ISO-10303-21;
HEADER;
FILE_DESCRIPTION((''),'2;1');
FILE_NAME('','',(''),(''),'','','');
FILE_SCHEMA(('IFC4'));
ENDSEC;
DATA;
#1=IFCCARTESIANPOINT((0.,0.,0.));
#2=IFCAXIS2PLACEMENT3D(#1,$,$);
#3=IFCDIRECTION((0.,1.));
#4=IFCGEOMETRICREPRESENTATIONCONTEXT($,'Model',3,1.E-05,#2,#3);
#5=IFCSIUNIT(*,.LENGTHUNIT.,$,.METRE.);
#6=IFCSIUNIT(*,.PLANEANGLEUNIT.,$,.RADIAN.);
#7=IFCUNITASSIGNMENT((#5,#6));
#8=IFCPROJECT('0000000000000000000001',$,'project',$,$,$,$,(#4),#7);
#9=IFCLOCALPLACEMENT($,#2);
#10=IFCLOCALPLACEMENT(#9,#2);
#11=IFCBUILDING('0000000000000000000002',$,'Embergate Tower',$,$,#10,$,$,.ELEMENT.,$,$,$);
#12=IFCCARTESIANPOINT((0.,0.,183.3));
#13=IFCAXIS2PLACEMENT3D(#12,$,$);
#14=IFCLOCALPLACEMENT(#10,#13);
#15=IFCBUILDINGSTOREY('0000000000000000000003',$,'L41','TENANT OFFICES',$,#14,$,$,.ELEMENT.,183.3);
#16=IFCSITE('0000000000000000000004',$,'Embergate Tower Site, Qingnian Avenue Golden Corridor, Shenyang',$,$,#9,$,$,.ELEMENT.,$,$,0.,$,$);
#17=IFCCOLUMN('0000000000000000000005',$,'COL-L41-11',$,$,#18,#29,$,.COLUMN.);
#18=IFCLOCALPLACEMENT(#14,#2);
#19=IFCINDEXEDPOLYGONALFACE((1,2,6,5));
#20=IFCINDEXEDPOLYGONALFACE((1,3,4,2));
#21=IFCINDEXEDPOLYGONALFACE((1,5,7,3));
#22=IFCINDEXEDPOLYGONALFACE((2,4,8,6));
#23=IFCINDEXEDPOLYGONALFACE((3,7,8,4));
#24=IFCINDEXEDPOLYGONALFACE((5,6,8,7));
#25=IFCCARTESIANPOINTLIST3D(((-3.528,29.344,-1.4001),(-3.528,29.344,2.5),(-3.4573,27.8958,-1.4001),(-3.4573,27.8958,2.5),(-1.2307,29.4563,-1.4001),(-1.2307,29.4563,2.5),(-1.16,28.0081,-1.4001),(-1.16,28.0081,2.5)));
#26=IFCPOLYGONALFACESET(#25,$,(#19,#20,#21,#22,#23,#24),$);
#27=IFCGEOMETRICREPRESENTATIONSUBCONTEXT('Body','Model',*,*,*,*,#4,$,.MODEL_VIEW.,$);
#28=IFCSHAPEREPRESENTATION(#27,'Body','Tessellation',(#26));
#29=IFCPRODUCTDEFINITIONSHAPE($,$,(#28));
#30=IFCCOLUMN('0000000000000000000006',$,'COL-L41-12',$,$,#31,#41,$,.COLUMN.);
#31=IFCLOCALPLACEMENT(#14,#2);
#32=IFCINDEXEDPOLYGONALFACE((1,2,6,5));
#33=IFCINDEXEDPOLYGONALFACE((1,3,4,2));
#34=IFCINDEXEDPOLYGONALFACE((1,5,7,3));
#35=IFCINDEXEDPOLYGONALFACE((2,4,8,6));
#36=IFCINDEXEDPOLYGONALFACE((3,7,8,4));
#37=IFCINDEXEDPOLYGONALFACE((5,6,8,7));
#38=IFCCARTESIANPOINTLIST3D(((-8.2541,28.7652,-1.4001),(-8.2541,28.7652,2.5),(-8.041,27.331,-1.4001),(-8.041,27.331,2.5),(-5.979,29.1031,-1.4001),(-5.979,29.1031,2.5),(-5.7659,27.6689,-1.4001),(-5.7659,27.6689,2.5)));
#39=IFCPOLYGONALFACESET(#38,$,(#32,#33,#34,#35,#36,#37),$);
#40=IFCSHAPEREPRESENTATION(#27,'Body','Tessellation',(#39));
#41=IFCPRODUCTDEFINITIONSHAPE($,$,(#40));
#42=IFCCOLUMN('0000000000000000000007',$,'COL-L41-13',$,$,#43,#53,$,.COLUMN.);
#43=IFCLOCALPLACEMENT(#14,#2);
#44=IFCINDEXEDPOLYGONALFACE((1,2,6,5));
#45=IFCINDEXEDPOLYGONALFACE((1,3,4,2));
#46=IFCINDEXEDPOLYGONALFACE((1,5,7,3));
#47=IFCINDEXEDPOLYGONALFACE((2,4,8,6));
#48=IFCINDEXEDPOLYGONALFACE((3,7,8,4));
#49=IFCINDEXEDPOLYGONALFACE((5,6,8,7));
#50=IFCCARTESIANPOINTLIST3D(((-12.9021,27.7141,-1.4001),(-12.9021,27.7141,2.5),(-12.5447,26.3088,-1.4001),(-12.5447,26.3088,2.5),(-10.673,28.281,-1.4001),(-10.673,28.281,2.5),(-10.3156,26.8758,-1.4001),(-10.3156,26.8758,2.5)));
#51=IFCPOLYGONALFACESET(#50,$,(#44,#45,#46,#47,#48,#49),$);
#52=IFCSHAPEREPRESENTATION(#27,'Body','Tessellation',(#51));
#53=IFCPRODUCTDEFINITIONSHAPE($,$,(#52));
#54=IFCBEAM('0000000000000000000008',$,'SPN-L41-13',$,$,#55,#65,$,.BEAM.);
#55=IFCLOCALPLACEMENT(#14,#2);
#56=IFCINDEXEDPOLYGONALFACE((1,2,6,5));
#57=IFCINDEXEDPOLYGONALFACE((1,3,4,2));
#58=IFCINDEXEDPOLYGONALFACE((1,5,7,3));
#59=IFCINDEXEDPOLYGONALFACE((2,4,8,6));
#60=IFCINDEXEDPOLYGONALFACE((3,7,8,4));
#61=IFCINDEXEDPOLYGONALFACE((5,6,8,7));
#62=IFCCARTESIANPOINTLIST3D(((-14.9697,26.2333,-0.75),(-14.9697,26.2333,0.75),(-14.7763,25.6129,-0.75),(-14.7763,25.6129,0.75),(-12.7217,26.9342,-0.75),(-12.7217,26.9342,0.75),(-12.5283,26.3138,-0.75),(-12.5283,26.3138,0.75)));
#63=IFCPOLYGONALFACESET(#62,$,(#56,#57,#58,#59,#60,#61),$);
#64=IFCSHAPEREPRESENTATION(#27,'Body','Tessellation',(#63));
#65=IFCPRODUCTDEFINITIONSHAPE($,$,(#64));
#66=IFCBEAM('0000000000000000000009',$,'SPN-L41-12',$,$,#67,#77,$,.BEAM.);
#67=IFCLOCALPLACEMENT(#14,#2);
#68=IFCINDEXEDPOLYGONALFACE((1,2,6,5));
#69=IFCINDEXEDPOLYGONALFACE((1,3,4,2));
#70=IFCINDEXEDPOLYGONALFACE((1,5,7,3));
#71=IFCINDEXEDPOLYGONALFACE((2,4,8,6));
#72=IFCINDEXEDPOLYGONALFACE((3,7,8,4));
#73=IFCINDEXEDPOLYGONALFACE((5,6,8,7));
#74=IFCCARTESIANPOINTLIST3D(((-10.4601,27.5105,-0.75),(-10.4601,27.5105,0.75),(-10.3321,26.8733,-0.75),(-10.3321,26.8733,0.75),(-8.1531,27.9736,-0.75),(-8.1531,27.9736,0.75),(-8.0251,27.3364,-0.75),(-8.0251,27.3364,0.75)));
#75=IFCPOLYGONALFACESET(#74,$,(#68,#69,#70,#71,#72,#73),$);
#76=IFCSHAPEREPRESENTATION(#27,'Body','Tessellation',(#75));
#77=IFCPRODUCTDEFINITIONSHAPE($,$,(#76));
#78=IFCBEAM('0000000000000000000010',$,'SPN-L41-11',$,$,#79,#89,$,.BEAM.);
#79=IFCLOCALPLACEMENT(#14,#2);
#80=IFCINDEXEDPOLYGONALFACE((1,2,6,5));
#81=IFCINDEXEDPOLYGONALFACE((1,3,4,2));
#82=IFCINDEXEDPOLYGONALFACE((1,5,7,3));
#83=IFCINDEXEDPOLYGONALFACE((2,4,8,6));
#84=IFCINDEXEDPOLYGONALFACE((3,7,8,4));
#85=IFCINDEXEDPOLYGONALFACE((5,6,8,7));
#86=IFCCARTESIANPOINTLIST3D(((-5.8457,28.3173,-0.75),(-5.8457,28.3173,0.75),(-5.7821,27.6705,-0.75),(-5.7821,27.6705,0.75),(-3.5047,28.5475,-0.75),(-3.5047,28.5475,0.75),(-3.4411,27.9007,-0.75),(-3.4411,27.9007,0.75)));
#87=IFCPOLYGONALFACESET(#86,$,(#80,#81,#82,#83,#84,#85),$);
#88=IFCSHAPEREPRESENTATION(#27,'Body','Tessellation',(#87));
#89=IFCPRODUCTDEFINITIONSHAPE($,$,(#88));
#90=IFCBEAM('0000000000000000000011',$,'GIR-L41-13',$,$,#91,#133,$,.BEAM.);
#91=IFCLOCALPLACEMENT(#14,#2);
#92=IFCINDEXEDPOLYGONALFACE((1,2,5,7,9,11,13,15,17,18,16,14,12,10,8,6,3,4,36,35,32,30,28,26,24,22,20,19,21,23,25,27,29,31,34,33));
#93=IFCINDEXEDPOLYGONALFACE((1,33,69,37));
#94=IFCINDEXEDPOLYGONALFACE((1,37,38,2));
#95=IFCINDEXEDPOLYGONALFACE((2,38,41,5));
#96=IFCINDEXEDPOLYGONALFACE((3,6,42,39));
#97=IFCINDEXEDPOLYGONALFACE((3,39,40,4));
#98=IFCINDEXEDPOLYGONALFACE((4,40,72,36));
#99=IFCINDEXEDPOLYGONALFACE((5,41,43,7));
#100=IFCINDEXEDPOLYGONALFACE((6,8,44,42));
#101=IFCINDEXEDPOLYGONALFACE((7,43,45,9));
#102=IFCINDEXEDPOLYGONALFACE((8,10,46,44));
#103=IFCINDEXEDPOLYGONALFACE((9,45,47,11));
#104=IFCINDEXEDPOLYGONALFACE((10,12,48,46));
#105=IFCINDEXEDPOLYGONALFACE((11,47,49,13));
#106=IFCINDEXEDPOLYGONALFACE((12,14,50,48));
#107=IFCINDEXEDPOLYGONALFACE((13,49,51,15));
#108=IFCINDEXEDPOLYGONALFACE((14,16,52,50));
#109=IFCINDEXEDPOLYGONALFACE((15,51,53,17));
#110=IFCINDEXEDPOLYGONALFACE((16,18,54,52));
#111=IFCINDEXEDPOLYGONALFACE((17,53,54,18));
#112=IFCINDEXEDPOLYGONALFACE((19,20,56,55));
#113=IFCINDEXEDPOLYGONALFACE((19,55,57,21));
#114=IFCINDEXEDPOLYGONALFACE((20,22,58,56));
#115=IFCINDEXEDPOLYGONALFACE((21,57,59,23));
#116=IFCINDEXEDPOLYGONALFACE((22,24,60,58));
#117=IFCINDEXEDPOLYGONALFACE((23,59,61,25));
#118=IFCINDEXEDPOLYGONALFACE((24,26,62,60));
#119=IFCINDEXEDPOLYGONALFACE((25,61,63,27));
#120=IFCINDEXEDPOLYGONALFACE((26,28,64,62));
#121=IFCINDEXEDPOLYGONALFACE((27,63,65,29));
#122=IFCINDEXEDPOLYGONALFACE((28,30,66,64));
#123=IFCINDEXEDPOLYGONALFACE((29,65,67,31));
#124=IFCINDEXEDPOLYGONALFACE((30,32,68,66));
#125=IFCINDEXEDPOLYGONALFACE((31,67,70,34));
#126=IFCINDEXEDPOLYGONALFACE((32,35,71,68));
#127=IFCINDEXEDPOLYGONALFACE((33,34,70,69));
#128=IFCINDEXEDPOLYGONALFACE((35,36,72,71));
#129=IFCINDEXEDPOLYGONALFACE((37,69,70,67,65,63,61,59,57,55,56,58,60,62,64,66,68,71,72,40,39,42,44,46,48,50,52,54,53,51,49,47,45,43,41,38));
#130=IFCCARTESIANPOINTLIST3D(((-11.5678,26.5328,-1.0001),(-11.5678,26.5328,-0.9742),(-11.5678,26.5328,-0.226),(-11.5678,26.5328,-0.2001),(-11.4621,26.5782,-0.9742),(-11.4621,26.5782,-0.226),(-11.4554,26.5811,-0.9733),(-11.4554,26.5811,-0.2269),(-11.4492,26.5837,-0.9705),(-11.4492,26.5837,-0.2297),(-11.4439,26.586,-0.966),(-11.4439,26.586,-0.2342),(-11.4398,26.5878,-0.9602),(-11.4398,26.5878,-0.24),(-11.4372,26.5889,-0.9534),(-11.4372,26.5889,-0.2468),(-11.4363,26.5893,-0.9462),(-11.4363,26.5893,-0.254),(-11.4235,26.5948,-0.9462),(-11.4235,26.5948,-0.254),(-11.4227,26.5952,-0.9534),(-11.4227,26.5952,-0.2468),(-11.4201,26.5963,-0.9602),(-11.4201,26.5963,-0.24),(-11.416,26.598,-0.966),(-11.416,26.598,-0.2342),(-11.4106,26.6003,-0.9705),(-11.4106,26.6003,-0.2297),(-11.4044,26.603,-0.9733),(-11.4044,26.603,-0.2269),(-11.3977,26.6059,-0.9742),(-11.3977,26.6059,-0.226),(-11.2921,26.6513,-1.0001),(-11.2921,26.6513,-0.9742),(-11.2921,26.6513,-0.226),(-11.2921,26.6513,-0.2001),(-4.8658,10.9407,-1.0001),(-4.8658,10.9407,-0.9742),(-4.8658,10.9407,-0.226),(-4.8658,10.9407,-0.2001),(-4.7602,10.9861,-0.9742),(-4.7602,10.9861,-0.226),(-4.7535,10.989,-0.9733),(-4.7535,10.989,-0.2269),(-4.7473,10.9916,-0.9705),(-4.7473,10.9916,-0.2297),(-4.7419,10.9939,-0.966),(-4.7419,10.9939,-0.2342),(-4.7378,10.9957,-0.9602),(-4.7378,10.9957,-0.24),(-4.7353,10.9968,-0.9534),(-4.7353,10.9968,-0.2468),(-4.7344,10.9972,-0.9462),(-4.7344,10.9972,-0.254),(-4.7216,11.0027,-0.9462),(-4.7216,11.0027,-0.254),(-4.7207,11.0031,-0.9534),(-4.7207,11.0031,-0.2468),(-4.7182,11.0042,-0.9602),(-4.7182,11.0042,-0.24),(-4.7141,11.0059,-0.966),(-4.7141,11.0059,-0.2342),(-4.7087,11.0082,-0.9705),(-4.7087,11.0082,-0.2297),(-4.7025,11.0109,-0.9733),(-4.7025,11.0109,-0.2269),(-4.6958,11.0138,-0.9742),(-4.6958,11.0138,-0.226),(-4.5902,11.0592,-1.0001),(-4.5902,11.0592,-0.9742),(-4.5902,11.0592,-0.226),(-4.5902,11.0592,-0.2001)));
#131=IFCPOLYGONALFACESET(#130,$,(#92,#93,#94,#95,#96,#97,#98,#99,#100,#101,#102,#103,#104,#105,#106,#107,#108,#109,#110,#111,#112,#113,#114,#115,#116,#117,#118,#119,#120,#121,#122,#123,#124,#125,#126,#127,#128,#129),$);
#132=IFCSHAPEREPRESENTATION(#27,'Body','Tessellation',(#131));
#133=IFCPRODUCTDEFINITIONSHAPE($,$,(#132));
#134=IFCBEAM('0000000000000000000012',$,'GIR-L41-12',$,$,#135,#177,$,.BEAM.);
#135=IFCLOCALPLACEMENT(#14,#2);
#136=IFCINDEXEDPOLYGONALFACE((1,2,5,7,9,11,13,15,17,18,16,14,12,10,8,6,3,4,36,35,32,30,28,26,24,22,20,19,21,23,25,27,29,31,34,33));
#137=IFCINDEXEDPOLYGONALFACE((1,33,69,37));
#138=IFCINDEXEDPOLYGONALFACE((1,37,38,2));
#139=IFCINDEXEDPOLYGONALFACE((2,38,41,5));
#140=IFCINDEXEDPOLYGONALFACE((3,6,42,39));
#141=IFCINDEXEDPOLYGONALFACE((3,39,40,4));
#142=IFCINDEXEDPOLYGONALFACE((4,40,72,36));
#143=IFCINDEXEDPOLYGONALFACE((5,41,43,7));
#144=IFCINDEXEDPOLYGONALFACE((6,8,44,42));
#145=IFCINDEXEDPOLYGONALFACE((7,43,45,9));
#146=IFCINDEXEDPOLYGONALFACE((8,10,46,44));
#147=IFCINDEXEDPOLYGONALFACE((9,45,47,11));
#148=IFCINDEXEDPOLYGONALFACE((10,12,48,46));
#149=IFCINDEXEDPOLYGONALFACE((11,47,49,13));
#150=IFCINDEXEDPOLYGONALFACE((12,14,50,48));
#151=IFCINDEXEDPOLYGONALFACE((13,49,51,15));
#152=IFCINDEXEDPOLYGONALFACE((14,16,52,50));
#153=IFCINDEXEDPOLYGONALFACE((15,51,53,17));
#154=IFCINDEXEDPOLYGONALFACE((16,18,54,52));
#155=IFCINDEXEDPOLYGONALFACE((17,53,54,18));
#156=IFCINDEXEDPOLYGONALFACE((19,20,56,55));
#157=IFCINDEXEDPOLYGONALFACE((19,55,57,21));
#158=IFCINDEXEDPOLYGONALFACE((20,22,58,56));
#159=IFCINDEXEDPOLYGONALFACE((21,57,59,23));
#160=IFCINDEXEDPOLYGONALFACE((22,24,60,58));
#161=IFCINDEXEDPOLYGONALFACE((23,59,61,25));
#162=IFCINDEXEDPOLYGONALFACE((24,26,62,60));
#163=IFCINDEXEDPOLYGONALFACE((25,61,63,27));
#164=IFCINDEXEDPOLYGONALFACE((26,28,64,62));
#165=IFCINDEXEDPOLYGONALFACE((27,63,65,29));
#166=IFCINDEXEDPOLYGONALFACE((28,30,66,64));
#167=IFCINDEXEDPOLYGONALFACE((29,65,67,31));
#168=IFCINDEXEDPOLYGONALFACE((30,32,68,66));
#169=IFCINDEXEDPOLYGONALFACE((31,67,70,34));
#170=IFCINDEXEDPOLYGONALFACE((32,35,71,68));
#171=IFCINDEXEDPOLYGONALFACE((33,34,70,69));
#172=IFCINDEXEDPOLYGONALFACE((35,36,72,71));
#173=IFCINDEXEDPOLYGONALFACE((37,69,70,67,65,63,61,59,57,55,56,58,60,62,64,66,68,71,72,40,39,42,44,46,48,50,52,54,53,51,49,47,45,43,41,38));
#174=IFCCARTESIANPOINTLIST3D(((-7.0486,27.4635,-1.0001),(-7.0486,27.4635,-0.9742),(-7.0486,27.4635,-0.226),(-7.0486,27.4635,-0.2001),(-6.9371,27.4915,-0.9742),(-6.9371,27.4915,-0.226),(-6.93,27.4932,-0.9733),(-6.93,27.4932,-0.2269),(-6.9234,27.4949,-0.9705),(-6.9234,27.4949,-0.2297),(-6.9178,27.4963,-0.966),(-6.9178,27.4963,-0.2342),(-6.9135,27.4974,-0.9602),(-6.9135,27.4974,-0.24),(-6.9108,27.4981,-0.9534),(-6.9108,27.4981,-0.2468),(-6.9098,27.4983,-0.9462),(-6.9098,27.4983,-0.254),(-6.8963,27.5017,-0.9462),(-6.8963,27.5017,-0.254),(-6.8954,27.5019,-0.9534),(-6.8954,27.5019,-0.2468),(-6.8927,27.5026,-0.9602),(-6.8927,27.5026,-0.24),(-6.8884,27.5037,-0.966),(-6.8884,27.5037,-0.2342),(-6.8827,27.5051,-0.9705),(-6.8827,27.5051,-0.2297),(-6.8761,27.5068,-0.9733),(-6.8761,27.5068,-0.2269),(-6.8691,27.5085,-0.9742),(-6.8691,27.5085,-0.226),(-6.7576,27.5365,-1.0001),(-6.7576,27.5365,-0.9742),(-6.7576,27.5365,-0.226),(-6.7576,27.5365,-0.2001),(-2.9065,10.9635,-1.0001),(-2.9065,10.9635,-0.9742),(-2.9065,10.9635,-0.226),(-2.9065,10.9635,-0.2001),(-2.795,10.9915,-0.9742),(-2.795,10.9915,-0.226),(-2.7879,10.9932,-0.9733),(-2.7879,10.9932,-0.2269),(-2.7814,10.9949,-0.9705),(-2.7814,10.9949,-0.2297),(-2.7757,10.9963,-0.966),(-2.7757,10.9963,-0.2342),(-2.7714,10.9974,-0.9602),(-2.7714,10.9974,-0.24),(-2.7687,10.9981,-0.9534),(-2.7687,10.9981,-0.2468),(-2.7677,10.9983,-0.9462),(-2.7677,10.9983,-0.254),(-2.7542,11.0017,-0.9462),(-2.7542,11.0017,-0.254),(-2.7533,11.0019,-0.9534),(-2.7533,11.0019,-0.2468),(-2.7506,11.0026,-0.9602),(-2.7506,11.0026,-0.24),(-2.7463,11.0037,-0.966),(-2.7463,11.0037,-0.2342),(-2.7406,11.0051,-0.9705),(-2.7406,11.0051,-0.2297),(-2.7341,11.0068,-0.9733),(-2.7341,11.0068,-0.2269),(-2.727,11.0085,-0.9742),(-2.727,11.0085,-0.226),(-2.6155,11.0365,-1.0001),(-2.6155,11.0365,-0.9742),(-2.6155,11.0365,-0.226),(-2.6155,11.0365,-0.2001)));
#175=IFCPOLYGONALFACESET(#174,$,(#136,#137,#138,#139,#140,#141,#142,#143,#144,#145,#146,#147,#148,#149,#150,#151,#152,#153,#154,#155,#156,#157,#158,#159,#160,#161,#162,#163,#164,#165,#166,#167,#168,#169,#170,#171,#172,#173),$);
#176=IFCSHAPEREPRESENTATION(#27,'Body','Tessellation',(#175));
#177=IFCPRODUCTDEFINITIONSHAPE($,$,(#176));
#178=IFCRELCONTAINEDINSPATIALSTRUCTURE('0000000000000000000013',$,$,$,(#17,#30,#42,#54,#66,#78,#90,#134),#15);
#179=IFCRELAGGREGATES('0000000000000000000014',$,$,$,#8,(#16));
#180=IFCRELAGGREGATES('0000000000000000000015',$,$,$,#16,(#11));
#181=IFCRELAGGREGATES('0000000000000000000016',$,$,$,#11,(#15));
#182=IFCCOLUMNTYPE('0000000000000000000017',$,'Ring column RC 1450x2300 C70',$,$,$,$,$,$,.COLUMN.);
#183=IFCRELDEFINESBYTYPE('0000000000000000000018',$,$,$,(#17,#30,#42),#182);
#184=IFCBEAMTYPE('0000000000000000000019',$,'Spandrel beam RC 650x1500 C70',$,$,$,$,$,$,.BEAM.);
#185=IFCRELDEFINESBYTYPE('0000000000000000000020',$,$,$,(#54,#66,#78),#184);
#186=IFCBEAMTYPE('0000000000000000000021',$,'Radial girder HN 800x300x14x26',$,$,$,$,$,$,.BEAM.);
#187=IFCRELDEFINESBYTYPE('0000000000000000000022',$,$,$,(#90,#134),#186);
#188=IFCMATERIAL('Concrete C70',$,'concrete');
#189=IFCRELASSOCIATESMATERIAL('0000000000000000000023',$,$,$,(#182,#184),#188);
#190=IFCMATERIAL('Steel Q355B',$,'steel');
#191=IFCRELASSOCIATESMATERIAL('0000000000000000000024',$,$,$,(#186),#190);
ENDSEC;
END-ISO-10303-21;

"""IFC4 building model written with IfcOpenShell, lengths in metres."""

from ifc_helpers import new_model, si_unit, direction, frame, origin, origin_2d, place, context, subcontext, project, spatial, rectangle, i_section, extrude, source, transform, mapped, material, material_profile, profile_set, type_object, element, save


model = new_model("IFC4")

# Units and contexts
model_context = context("Model", 3, precision=1e-05, world=origin(), true_north=direction((0.0, 1.0)))
body_context = subcontext(model_context, "Body", "Model", "MODEL_VIEW")
ifc_project = project(units=[si_unit("LENGTHUNIT", "METRE"), si_unit("PLANEANGLEUNIT", "RADIAN")], contexts=[model_context])

# Site, building, storey
site_placement = place(None, origin())
site = spatial("IfcSite", under=ifc_project, at=site_placement, Name="Embergate Tower Site, Qingnian Avenue Golden Corridor, Shenyang", CompositionType="ELEMENT", RefElevation=0.0)
building_placement = place(site_placement, origin())
building = spatial("IfcBuilding", under=site, at=building_placement, Name="Embergate Tower", CompositionType="ELEMENT")
storey_placement = place(building_placement, frame((0.0, 0.0, 183.3)))
storey = spatial("IfcBuildingStorey", under=building, at=storey_placement, Name="L41", Description="TENANT OFFICES", CompositionType="ELEMENT", Elevation=183.3)

# Columns
ifc_material_1 = material(Name="Concrete C70", Category="concrete")
ifc_material_profile_1 = material_profile(ifc_material_1, rectangle(XDim=1.45, YDim=2.3, at=origin_2d()), Name="RC 1450x2300")
ifc_profile_set_1 = profile_set([ifc_material_profile_1], Name="Concrete C70")
column_type = type_object("IfcColumnType", Name="Ring column RC 1450x2300 C70", PredefinedType="COLUMN", material=ifc_profile_set_1)
shared_shape_1 = source(origin(), body_context, "Body", "SweptSolid", [
    extrude(rectangle(XDim=1.45, YDim=2.3, at=origin_2d()), origin(), (0.0, 0.0, 1.0), 3.9001),
])
for number, where, z_axis, x_axis, name in (
    (1, (-2.344, 28.676, -1.4001), (0.0, 0.0, 1.0), (-0.048815, 0.998808, 0.0), "COL-L41-11"),
    (2, (-7.01, 28.217, -1.4001), (0.0, 0.0, 1.0), (-0.146929, 0.989147, 0.0), "COL-L41-12"),
    (3, (-11.6089, 27.2949, -1.4001), (0.0, 0.0, 1.0), (-0.246492, 0.969145, 0.0), "COL-L41-13"),
):
    element("IfcColumn", number, at=place(storey_placement, frame(where, z_axis=z_axis, x_axis=x_axis)), inside=storey, type_object=column_type, Name=name, PredefinedType="COLUMN", context=body_context, shape_type="MappedRepresentation", body=[
        mapped(shared_shape_1, transform((0.0, 0.0, 0.0))),
    ])

# Beams
ifc_material_profile_2 = material_profile(ifc_material_1, rectangle(XDim=0.6499, YDim=1.5, at=origin_2d()), Name="RC 650x1500")
ifc_profile_set_2 = profile_set([ifc_material_profile_2], Name="Concrete C70")
beam_type_1 = type_object("IfcBeamType", Name="Spandrel beam RC 650x1500 C70", PredefinedType="BEAM", material=ifc_profile_set_2)
shared_shape_2 = source(origin(), body_context, "Body", "SweptSolid", [
    extrude(rectangle(XDim=0.6499, YDim=1.5, at=origin_2d()), origin(), (0.0, 0.0, 1.0), 2.3547),
])
beam_1_placement = place(storey_placement, frame((-12.625, 26.624, 0.0), z_axis=(-0.954672, -0.297661, 0.0), x_axis=(0.297661, -0.954672, 0.0)))
element("IfcBeam", 4, at=beam_1_placement, inside=storey, type_object=beam_type_1, Name="SPN-L41-13", PredefinedType="BEAM", context=body_context, shape_type="MappedRepresentation", body=[
    mapped(shared_shape_2, transform((0.0, 0.0, 0.0))),
])
shared_shape_3 = source(origin(), body_context, "Body", "SweptSolid", [
    extrude(rectangle(XDim=0.6499, YDim=1.5, at=origin_2d()), origin(), (0.0, 0.0, 1.0), 2.353),
])
beam_2_placement = place(storey_placement, frame((-8.0891, 27.655, 0.0), z_axis=(-0.980437, -0.196834, 0.0), x_axis=(0.196834, -0.980437, 0.0)))
element("IfcBeam", 5, at=beam_2_placement, inside=storey, type_object=beam_type_1, Name="SPN-L41-12", PredefinedType="BEAM", context=body_context, shape_type="MappedRepresentation", body=[
    mapped(shared_shape_3, transform((0.0, 0.0, 0.0))),
])
shared_shape_4 = source(origin(), body_context, "Body", "SweptSolid", [
    extrude(rectangle(XDim=0.6499, YDim=1.5, at=origin_2d()), origin(), (0.0, 0.0, 1.0), 2.3523),
])
beam_3_placement = place(storey_placement, frame((-3.4729, 28.2241, 0.0), z_axis=(-0.995199, -0.09787, 0.0), x_axis=(0.09787, -0.995199, 0.0)))
element("IfcBeam", 6, at=beam_3_placement, inside=storey, type_object=beam_type_1, Name="SPN-L41-11", PredefinedType="BEAM", context=body_context, shape_type="MappedRepresentation", body=[
    mapped(shared_shape_4, transform((0.0, 0.0, 0.0))),
])
ifc_material_2 = material(Name="Steel Q355B", Category="steel")
ifc_material_profile_3 = material_profile(ifc_material_2, i_section(OverallWidth=0.3, OverallDepth=0.8, WebThickness=0.0139, FlangeThickness=0.0259, FilletRadius=0.0281, at=origin_2d()), Name="HN 800x300x14x26")
ifc_profile_set_3 = profile_set([ifc_material_profile_3], Name="Steel Q355 grade B")
beam_type_2 = type_object("IfcBeamType", Name="Radial girder HN 800x300x14x26", PredefinedType="BEAM", material=ifc_profile_set_3)
shared_shape_5 = source(origin(), body_context, "Body", "SweptSolid", [
    extrude(i_section(OverallWidth=0.3, OverallDepth=0.8, WebThickness=0.0139, FlangeThickness=0.0259, FilletRadius=0.0281, at=origin_2d()), origin(), (0.0, 0.0, 1.0), 16.9714),
])
beam_4_placement = place(storey_placement, frame((-11.4299, 26.592, -0.6001), z_axis=(0.394895, -0.918726, 0.0), x_axis=(0.918726, 0.394895, 0.0)))
element("IfcBeam", 7, at=beam_4_placement, inside=storey, type_object=beam_type_2, Name="GIR-L41-13", PredefinedType="BEAM", context=body_context, shape_type="MappedRepresentation", body=[
    mapped(shared_shape_5, transform((0.0, 0.0, 0.0))),
])
shared_shape_6 = source(origin(), body_context, "Body", "SweptSolid", [
    extrude(i_section(OverallWidth=0.3, OverallDepth=0.8, WebThickness=0.0139, FlangeThickness=0.0259, FilletRadius=0.0281, at=origin_2d()), origin(), (0.0, 0.0, 1.0), 17.012),
])
beam_5_placement = place(storey_placement, frame((-6.9031, 27.5, -0.6001), z_axis=(0.243481, -0.969906, 0.0), x_axis=(0.969906, 0.243481, 0.0)))
element("IfcBeam", 8, at=beam_5_placement, inside=storey, type_object=beam_type_2, Name="GIR-L41-12", PredefinedType="BEAM", context=body_context, shape_type="MappedRepresentation", body=[
    mapped(shared_shape_6, transform((0.0, 0.0, 0.0))),
])

save(model, "model.ifc")
